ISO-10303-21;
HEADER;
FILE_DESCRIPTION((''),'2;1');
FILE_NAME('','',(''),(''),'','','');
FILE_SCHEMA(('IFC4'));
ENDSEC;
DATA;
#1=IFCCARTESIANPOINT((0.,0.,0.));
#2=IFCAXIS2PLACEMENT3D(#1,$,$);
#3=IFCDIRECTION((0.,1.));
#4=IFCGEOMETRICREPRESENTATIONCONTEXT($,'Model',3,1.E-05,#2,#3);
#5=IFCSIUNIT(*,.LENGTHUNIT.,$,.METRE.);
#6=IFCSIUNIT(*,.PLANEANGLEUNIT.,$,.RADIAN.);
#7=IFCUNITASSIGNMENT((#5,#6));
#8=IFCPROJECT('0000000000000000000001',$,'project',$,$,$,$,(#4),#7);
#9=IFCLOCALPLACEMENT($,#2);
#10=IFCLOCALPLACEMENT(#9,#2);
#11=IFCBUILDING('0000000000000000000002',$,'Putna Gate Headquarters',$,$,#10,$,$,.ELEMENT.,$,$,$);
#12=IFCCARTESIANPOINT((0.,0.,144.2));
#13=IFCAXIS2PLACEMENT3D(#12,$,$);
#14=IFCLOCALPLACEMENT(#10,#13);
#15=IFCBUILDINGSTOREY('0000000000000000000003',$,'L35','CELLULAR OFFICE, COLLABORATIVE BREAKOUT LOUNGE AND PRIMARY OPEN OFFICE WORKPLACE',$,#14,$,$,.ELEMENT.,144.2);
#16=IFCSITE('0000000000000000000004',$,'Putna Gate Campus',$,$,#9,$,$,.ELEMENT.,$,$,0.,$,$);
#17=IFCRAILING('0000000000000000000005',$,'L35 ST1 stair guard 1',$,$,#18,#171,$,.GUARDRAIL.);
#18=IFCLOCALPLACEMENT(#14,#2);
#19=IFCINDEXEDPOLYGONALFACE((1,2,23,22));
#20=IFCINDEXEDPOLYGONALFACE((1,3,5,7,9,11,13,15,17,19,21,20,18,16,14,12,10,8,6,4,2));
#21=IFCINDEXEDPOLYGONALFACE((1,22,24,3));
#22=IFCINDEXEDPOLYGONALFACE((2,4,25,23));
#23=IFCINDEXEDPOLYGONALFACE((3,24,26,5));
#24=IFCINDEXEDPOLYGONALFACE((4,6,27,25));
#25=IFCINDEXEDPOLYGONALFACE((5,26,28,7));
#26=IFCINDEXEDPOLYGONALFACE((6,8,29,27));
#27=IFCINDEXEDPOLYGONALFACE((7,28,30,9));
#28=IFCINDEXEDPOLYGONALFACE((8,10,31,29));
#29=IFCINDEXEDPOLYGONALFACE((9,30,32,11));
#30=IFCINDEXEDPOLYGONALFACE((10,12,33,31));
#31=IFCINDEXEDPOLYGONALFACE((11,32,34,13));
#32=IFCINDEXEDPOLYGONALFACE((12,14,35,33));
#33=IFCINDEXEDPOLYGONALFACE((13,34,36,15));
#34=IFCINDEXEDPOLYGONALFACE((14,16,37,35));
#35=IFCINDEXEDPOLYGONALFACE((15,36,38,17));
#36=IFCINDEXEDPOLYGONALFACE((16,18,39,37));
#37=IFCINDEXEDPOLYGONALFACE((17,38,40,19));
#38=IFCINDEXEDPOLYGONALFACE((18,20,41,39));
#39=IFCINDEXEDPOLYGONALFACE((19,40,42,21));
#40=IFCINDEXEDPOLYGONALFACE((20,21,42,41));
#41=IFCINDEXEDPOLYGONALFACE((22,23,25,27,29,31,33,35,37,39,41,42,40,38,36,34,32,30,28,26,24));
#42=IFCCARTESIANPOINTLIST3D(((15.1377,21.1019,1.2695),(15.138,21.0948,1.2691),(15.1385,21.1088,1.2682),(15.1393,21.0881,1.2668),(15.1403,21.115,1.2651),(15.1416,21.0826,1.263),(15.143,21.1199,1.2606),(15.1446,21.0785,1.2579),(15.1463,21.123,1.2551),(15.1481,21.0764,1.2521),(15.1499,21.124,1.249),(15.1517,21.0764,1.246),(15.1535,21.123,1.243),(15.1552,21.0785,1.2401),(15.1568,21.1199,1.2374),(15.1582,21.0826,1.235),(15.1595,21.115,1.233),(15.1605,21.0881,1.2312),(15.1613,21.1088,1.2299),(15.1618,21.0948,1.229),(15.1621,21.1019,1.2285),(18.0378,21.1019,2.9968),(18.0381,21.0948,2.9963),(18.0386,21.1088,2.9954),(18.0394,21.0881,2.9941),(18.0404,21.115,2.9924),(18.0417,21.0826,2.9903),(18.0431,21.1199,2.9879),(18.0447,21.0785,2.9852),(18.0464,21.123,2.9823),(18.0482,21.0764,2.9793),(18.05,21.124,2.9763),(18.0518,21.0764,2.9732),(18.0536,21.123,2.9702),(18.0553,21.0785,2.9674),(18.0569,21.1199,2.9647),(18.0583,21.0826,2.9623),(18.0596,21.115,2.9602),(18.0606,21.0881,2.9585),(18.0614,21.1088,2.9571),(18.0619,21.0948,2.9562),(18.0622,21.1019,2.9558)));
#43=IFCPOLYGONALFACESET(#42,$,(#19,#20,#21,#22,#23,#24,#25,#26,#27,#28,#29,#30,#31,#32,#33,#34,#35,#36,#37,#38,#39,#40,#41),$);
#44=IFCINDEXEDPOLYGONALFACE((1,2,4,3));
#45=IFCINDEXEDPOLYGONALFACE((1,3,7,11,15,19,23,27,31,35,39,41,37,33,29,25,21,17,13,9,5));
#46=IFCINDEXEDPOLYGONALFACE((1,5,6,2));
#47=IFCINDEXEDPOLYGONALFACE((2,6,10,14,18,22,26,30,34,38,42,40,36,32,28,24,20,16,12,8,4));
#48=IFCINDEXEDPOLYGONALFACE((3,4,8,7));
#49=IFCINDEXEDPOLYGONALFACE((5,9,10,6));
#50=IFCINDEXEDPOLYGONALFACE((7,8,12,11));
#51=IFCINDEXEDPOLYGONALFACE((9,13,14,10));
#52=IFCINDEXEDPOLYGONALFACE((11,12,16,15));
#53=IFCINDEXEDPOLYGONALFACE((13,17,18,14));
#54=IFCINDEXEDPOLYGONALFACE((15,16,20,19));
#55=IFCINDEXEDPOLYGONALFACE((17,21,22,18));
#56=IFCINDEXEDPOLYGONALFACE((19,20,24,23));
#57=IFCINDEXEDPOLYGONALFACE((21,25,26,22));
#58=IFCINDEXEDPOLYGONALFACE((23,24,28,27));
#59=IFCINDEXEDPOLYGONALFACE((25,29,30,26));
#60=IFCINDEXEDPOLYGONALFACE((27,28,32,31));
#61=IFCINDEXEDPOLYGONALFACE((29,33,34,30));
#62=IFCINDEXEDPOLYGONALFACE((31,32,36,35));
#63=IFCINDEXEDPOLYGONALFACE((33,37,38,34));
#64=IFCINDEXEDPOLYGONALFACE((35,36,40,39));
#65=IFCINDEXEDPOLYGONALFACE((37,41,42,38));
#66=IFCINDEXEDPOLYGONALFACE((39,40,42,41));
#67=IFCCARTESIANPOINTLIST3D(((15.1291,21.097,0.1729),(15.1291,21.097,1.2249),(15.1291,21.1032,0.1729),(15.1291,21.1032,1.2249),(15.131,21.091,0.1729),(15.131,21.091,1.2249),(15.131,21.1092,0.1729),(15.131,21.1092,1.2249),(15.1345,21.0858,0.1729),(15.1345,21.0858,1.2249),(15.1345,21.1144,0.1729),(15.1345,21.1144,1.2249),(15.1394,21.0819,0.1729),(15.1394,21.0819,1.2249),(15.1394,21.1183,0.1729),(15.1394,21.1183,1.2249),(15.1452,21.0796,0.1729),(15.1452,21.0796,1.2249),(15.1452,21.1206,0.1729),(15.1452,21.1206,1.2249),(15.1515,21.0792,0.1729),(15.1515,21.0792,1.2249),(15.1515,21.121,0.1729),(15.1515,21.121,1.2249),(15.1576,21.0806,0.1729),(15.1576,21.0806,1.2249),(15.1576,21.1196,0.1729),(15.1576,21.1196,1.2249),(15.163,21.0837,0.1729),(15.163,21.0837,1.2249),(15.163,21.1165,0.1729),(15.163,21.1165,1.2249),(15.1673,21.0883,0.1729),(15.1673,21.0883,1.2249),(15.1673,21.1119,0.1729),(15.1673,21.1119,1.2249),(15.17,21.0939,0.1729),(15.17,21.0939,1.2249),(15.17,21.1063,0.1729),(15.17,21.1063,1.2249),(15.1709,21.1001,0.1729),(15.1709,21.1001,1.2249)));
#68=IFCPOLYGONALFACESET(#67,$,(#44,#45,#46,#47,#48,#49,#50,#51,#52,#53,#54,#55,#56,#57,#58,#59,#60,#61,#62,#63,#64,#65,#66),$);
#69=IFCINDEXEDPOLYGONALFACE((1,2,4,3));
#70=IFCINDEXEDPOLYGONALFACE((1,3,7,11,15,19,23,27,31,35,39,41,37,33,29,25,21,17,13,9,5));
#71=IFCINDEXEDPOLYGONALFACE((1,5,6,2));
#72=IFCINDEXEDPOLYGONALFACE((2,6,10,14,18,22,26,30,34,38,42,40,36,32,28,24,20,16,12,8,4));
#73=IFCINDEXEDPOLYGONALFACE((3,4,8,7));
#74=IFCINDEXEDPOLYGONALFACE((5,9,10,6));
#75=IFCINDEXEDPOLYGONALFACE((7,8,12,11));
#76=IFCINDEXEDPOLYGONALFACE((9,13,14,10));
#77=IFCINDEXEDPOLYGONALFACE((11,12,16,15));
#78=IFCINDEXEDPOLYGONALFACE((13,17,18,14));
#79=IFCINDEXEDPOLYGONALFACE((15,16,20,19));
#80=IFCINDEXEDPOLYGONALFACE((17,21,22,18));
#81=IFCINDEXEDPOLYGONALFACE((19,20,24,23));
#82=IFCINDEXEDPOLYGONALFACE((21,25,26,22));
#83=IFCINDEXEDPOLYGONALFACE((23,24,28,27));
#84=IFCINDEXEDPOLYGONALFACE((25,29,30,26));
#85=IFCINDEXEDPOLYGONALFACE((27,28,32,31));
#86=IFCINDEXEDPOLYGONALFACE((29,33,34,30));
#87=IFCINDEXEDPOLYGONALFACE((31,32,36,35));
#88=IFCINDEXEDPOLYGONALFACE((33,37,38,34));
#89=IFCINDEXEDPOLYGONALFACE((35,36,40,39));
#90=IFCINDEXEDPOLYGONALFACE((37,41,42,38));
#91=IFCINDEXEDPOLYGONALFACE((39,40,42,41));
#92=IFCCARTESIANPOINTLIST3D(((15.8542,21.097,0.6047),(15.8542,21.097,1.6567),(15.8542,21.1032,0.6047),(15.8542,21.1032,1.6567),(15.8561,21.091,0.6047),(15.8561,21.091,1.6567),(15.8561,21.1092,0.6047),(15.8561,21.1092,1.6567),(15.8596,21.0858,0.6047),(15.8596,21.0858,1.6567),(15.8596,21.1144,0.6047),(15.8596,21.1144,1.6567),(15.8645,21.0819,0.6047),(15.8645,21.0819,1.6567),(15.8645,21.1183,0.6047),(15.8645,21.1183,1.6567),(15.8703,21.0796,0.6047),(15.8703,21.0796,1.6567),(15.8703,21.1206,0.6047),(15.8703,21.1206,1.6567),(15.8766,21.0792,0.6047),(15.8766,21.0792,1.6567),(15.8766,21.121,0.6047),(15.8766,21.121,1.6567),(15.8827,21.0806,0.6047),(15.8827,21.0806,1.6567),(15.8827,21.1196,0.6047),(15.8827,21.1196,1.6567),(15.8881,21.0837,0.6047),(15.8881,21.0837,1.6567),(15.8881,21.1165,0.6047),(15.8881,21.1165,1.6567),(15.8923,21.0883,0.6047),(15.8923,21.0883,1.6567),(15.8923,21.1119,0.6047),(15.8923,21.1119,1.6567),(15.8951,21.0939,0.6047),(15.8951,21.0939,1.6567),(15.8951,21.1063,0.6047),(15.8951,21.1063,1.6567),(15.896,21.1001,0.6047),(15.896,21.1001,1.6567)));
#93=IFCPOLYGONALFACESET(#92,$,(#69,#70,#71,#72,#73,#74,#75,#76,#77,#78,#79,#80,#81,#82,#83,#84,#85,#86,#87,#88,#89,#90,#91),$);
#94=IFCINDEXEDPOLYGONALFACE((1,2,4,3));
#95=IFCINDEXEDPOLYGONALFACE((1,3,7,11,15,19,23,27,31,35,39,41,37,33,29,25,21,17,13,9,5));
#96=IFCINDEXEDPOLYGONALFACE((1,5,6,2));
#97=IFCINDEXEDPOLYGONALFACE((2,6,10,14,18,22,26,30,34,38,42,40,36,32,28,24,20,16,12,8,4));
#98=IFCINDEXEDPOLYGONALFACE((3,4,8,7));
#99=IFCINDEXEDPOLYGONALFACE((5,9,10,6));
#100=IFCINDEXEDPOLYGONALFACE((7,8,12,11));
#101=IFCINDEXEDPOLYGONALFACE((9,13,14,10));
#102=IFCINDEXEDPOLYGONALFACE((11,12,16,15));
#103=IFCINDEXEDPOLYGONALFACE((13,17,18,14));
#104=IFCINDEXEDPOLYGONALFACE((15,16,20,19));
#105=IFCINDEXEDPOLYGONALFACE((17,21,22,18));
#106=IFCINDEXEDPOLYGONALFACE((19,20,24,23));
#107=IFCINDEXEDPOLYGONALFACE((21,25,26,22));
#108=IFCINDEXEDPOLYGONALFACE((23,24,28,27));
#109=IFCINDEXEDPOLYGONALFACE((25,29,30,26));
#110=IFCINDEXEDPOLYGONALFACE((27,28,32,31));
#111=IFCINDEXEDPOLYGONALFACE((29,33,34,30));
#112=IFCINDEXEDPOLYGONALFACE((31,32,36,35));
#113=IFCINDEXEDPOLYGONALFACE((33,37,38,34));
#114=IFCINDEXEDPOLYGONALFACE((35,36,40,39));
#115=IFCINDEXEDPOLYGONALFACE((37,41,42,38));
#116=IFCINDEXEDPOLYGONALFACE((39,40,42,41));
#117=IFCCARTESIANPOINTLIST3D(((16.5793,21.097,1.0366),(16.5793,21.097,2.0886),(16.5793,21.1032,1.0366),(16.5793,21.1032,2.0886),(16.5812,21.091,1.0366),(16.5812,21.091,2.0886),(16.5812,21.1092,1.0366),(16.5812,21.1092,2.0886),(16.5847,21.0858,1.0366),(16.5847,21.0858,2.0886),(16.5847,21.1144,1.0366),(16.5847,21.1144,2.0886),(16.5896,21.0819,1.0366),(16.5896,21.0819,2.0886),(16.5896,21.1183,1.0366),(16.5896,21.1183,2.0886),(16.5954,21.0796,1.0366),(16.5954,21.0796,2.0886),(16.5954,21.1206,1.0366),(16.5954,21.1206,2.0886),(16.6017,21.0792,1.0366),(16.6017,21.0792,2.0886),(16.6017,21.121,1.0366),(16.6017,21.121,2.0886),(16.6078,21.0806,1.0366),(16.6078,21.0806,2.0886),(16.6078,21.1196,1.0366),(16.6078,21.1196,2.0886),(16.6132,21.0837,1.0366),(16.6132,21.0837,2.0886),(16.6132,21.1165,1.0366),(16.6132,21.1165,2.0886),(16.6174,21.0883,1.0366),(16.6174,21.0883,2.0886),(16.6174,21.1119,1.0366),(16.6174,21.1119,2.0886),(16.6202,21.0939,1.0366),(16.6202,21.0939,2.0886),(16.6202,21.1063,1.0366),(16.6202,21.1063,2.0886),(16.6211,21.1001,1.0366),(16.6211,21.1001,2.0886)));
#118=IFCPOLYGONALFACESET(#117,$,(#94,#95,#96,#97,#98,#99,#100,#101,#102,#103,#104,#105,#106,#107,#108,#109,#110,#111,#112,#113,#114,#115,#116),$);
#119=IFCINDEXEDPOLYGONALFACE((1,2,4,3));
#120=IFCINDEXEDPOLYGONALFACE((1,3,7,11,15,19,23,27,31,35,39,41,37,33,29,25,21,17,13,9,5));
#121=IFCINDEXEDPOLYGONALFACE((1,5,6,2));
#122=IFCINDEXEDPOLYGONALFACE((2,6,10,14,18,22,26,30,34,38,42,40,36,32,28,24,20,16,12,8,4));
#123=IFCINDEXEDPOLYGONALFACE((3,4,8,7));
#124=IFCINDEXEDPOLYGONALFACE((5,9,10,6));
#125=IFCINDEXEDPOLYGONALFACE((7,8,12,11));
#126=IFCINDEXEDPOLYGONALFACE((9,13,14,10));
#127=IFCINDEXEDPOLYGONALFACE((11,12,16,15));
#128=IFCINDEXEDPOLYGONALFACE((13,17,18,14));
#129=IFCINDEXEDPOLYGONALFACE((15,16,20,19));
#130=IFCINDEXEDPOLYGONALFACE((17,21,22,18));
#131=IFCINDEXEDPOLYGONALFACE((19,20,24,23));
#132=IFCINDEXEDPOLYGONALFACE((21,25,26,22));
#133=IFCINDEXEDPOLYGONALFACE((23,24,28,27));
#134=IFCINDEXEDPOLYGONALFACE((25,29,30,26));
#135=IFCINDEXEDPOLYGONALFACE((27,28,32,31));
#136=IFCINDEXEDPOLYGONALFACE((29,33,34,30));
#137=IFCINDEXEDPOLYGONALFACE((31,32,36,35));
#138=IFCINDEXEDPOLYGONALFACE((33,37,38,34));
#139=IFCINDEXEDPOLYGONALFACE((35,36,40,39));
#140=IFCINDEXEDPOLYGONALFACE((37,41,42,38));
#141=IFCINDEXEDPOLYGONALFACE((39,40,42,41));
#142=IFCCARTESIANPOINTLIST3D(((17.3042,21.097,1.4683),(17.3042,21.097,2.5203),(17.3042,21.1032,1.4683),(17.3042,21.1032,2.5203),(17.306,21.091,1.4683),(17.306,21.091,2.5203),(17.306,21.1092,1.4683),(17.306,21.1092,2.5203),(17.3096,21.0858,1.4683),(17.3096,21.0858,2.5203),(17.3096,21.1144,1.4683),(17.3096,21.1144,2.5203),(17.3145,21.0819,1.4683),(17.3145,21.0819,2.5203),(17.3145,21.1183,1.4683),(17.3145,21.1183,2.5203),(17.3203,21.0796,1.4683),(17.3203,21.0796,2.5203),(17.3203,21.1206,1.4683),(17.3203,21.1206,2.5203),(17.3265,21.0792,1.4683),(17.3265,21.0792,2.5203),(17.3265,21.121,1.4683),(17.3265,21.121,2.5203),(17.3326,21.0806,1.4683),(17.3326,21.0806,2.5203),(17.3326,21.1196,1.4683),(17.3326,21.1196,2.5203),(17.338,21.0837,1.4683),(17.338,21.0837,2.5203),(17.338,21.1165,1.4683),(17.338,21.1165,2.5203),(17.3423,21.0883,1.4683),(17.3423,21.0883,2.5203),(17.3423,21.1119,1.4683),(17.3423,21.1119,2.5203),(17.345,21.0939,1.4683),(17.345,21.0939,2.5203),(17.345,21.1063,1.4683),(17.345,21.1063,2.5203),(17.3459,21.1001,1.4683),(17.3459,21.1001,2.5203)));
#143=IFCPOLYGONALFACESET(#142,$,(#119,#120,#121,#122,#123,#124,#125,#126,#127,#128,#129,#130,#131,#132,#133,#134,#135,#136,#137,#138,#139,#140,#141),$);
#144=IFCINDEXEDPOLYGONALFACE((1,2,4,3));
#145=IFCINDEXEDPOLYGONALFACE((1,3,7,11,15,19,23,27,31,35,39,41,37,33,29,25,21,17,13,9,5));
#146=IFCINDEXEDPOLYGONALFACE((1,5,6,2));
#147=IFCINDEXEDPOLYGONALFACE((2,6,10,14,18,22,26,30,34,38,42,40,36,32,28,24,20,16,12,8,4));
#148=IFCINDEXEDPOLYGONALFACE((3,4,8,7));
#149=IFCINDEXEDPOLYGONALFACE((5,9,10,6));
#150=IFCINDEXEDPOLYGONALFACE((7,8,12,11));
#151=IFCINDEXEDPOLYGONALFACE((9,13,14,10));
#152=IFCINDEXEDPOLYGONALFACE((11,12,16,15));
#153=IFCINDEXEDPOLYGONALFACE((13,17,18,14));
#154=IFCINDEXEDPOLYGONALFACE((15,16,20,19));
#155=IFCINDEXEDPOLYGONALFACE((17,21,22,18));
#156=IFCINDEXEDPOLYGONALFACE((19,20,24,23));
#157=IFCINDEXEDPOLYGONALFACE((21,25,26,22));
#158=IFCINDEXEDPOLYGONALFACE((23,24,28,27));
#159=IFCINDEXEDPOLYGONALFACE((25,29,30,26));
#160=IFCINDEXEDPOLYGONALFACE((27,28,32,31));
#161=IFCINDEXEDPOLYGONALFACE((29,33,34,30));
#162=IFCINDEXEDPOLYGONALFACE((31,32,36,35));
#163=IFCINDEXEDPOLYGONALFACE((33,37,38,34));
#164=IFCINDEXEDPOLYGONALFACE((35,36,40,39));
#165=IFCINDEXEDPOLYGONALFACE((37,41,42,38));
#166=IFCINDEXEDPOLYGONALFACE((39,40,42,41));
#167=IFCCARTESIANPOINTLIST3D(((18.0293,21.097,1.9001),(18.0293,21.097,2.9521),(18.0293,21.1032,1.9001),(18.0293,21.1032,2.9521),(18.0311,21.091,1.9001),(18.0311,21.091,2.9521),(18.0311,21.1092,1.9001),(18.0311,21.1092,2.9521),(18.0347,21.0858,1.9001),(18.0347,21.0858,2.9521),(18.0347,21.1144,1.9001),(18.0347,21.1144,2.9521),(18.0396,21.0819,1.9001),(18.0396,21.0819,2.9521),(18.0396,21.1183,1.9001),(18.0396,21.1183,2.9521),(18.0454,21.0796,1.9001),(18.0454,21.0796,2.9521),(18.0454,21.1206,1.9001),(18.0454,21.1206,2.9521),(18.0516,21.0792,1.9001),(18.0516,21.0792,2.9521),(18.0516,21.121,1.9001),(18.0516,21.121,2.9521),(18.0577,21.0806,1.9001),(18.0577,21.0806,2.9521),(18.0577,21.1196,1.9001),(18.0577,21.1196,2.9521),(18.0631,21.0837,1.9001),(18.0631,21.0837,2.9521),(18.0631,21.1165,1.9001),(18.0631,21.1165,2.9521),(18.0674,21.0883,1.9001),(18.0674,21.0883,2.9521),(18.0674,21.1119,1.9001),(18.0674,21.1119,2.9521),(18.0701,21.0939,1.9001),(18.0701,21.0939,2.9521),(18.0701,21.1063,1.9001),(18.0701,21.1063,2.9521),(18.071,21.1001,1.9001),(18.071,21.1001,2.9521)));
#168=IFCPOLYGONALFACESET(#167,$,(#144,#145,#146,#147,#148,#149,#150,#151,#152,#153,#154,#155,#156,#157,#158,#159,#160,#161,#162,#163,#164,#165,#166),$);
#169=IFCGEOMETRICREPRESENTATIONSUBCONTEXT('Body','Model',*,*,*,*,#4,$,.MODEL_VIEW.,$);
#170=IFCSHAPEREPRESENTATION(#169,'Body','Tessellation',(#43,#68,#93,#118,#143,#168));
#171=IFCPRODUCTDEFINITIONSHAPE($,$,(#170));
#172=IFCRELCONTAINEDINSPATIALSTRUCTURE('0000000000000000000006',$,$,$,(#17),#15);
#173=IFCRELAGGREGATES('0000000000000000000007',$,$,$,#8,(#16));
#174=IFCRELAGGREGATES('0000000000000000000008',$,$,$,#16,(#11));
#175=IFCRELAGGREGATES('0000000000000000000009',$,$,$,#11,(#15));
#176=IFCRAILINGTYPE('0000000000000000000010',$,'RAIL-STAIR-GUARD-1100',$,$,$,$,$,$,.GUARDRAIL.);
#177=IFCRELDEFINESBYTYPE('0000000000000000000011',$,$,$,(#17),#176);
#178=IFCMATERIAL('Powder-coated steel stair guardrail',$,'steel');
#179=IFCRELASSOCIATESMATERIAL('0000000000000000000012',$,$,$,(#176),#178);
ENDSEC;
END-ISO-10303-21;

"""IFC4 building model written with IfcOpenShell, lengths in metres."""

from ifc_helpers import new_model, si_unit, direction, frame, origin, origin_2d, place, context, subcontext, project, spatial, circle, extrude, material, type_object, element, save


model = new_model("IFC4")

# Units and contexts
model_context = context("Model", 3, precision=1e-05, world=origin(), true_north=direction((0.0, 1.0)))
body_context = subcontext(model_context, "Body", "Model", "MODEL_VIEW")
ifc_project = project(units=[si_unit("LENGTHUNIT", "METRE"), si_unit("PLANEANGLEUNIT", "RADIAN")], contexts=[model_context])

# Site, building, storey
site_placement = place(None, origin())
site = spatial("IfcSite", under=ifc_project, at=site_placement, Name="Putna Gate Campus", CompositionType="ELEMENT", RefElevation=0.0)
building_placement = place(site_placement, origin())
building = spatial("IfcBuilding", under=site, at=building_placement, Name="Putna Gate Headquarters", CompositionType="ELEMENT")
storey_placement = place(building_placement, frame((0.0, 0.0, 144.2)))
storey = spatial("IfcBuildingStorey", under=building, at=storey_placement, Name="L35", Description="CELLULAR OFFICE, COLLABORATIVE BREAKOUT LOUNGE AND PRIMARY OPEN OFFICE WORKPLACE", CompositionType="ELEMENT", Elevation=144.2)

# Railing
ifc_material_1 = material(Name="Powder-coated steel stair guardrail", Category="steel")
railing_type = type_object("IfcRailingType", Name="RAIL-STAIR-GUARD-1100", PredefinedType="GUARDRAIL", material=ifc_material_1)
railing_1_placement = place(storey_placement, frame((15.1499, 21.1001, 0.1729)))
element("IfcRailing", 1, at=railing_1_placement, inside=storey, type_object=railing_type, Name="L35 ST1 stair guard 1", PredefinedType="GUARDRAIL", context=body_context, shape_type="SweptSolid", body=[
    extrude(circle(Radius=0.0239, at=origin_2d()), frame((0.0, 0.0, 1.0762), z_axis=(0.85916, 0.0, 0.511706), x_axis=(0.0, 1.0, 0.0)), (0.0, 0.0, 1.0), 3.3755),
    extrude(circle(Radius=0.021, at=origin_2d()), origin(), (0.0, 0.0, 1.0), 1.052),
    extrude(circle(Radius=0.021, at=origin_2d()), frame((0.7251, 0.0, 0.4319)), (0.0, 0.0, 1.0), 1.052),
    extrude(circle(Radius=0.021, at=origin_2d()), frame((1.4502, 0.0, 0.8638)), (0.0, 0.0, 1.0), 1.052),
    extrude(circle(Radius=0.021, at=origin_2d()), frame((2.175, 0.0, 1.2954)), (0.0, 0.0, 1.0), 1.052),
    extrude(circle(Radius=0.021, at=origin_2d()), frame((2.9001, 0.0, 1.7273)), (0.0, 0.0, 1.0), 1.052),
])

save(model, "model.ifc")
